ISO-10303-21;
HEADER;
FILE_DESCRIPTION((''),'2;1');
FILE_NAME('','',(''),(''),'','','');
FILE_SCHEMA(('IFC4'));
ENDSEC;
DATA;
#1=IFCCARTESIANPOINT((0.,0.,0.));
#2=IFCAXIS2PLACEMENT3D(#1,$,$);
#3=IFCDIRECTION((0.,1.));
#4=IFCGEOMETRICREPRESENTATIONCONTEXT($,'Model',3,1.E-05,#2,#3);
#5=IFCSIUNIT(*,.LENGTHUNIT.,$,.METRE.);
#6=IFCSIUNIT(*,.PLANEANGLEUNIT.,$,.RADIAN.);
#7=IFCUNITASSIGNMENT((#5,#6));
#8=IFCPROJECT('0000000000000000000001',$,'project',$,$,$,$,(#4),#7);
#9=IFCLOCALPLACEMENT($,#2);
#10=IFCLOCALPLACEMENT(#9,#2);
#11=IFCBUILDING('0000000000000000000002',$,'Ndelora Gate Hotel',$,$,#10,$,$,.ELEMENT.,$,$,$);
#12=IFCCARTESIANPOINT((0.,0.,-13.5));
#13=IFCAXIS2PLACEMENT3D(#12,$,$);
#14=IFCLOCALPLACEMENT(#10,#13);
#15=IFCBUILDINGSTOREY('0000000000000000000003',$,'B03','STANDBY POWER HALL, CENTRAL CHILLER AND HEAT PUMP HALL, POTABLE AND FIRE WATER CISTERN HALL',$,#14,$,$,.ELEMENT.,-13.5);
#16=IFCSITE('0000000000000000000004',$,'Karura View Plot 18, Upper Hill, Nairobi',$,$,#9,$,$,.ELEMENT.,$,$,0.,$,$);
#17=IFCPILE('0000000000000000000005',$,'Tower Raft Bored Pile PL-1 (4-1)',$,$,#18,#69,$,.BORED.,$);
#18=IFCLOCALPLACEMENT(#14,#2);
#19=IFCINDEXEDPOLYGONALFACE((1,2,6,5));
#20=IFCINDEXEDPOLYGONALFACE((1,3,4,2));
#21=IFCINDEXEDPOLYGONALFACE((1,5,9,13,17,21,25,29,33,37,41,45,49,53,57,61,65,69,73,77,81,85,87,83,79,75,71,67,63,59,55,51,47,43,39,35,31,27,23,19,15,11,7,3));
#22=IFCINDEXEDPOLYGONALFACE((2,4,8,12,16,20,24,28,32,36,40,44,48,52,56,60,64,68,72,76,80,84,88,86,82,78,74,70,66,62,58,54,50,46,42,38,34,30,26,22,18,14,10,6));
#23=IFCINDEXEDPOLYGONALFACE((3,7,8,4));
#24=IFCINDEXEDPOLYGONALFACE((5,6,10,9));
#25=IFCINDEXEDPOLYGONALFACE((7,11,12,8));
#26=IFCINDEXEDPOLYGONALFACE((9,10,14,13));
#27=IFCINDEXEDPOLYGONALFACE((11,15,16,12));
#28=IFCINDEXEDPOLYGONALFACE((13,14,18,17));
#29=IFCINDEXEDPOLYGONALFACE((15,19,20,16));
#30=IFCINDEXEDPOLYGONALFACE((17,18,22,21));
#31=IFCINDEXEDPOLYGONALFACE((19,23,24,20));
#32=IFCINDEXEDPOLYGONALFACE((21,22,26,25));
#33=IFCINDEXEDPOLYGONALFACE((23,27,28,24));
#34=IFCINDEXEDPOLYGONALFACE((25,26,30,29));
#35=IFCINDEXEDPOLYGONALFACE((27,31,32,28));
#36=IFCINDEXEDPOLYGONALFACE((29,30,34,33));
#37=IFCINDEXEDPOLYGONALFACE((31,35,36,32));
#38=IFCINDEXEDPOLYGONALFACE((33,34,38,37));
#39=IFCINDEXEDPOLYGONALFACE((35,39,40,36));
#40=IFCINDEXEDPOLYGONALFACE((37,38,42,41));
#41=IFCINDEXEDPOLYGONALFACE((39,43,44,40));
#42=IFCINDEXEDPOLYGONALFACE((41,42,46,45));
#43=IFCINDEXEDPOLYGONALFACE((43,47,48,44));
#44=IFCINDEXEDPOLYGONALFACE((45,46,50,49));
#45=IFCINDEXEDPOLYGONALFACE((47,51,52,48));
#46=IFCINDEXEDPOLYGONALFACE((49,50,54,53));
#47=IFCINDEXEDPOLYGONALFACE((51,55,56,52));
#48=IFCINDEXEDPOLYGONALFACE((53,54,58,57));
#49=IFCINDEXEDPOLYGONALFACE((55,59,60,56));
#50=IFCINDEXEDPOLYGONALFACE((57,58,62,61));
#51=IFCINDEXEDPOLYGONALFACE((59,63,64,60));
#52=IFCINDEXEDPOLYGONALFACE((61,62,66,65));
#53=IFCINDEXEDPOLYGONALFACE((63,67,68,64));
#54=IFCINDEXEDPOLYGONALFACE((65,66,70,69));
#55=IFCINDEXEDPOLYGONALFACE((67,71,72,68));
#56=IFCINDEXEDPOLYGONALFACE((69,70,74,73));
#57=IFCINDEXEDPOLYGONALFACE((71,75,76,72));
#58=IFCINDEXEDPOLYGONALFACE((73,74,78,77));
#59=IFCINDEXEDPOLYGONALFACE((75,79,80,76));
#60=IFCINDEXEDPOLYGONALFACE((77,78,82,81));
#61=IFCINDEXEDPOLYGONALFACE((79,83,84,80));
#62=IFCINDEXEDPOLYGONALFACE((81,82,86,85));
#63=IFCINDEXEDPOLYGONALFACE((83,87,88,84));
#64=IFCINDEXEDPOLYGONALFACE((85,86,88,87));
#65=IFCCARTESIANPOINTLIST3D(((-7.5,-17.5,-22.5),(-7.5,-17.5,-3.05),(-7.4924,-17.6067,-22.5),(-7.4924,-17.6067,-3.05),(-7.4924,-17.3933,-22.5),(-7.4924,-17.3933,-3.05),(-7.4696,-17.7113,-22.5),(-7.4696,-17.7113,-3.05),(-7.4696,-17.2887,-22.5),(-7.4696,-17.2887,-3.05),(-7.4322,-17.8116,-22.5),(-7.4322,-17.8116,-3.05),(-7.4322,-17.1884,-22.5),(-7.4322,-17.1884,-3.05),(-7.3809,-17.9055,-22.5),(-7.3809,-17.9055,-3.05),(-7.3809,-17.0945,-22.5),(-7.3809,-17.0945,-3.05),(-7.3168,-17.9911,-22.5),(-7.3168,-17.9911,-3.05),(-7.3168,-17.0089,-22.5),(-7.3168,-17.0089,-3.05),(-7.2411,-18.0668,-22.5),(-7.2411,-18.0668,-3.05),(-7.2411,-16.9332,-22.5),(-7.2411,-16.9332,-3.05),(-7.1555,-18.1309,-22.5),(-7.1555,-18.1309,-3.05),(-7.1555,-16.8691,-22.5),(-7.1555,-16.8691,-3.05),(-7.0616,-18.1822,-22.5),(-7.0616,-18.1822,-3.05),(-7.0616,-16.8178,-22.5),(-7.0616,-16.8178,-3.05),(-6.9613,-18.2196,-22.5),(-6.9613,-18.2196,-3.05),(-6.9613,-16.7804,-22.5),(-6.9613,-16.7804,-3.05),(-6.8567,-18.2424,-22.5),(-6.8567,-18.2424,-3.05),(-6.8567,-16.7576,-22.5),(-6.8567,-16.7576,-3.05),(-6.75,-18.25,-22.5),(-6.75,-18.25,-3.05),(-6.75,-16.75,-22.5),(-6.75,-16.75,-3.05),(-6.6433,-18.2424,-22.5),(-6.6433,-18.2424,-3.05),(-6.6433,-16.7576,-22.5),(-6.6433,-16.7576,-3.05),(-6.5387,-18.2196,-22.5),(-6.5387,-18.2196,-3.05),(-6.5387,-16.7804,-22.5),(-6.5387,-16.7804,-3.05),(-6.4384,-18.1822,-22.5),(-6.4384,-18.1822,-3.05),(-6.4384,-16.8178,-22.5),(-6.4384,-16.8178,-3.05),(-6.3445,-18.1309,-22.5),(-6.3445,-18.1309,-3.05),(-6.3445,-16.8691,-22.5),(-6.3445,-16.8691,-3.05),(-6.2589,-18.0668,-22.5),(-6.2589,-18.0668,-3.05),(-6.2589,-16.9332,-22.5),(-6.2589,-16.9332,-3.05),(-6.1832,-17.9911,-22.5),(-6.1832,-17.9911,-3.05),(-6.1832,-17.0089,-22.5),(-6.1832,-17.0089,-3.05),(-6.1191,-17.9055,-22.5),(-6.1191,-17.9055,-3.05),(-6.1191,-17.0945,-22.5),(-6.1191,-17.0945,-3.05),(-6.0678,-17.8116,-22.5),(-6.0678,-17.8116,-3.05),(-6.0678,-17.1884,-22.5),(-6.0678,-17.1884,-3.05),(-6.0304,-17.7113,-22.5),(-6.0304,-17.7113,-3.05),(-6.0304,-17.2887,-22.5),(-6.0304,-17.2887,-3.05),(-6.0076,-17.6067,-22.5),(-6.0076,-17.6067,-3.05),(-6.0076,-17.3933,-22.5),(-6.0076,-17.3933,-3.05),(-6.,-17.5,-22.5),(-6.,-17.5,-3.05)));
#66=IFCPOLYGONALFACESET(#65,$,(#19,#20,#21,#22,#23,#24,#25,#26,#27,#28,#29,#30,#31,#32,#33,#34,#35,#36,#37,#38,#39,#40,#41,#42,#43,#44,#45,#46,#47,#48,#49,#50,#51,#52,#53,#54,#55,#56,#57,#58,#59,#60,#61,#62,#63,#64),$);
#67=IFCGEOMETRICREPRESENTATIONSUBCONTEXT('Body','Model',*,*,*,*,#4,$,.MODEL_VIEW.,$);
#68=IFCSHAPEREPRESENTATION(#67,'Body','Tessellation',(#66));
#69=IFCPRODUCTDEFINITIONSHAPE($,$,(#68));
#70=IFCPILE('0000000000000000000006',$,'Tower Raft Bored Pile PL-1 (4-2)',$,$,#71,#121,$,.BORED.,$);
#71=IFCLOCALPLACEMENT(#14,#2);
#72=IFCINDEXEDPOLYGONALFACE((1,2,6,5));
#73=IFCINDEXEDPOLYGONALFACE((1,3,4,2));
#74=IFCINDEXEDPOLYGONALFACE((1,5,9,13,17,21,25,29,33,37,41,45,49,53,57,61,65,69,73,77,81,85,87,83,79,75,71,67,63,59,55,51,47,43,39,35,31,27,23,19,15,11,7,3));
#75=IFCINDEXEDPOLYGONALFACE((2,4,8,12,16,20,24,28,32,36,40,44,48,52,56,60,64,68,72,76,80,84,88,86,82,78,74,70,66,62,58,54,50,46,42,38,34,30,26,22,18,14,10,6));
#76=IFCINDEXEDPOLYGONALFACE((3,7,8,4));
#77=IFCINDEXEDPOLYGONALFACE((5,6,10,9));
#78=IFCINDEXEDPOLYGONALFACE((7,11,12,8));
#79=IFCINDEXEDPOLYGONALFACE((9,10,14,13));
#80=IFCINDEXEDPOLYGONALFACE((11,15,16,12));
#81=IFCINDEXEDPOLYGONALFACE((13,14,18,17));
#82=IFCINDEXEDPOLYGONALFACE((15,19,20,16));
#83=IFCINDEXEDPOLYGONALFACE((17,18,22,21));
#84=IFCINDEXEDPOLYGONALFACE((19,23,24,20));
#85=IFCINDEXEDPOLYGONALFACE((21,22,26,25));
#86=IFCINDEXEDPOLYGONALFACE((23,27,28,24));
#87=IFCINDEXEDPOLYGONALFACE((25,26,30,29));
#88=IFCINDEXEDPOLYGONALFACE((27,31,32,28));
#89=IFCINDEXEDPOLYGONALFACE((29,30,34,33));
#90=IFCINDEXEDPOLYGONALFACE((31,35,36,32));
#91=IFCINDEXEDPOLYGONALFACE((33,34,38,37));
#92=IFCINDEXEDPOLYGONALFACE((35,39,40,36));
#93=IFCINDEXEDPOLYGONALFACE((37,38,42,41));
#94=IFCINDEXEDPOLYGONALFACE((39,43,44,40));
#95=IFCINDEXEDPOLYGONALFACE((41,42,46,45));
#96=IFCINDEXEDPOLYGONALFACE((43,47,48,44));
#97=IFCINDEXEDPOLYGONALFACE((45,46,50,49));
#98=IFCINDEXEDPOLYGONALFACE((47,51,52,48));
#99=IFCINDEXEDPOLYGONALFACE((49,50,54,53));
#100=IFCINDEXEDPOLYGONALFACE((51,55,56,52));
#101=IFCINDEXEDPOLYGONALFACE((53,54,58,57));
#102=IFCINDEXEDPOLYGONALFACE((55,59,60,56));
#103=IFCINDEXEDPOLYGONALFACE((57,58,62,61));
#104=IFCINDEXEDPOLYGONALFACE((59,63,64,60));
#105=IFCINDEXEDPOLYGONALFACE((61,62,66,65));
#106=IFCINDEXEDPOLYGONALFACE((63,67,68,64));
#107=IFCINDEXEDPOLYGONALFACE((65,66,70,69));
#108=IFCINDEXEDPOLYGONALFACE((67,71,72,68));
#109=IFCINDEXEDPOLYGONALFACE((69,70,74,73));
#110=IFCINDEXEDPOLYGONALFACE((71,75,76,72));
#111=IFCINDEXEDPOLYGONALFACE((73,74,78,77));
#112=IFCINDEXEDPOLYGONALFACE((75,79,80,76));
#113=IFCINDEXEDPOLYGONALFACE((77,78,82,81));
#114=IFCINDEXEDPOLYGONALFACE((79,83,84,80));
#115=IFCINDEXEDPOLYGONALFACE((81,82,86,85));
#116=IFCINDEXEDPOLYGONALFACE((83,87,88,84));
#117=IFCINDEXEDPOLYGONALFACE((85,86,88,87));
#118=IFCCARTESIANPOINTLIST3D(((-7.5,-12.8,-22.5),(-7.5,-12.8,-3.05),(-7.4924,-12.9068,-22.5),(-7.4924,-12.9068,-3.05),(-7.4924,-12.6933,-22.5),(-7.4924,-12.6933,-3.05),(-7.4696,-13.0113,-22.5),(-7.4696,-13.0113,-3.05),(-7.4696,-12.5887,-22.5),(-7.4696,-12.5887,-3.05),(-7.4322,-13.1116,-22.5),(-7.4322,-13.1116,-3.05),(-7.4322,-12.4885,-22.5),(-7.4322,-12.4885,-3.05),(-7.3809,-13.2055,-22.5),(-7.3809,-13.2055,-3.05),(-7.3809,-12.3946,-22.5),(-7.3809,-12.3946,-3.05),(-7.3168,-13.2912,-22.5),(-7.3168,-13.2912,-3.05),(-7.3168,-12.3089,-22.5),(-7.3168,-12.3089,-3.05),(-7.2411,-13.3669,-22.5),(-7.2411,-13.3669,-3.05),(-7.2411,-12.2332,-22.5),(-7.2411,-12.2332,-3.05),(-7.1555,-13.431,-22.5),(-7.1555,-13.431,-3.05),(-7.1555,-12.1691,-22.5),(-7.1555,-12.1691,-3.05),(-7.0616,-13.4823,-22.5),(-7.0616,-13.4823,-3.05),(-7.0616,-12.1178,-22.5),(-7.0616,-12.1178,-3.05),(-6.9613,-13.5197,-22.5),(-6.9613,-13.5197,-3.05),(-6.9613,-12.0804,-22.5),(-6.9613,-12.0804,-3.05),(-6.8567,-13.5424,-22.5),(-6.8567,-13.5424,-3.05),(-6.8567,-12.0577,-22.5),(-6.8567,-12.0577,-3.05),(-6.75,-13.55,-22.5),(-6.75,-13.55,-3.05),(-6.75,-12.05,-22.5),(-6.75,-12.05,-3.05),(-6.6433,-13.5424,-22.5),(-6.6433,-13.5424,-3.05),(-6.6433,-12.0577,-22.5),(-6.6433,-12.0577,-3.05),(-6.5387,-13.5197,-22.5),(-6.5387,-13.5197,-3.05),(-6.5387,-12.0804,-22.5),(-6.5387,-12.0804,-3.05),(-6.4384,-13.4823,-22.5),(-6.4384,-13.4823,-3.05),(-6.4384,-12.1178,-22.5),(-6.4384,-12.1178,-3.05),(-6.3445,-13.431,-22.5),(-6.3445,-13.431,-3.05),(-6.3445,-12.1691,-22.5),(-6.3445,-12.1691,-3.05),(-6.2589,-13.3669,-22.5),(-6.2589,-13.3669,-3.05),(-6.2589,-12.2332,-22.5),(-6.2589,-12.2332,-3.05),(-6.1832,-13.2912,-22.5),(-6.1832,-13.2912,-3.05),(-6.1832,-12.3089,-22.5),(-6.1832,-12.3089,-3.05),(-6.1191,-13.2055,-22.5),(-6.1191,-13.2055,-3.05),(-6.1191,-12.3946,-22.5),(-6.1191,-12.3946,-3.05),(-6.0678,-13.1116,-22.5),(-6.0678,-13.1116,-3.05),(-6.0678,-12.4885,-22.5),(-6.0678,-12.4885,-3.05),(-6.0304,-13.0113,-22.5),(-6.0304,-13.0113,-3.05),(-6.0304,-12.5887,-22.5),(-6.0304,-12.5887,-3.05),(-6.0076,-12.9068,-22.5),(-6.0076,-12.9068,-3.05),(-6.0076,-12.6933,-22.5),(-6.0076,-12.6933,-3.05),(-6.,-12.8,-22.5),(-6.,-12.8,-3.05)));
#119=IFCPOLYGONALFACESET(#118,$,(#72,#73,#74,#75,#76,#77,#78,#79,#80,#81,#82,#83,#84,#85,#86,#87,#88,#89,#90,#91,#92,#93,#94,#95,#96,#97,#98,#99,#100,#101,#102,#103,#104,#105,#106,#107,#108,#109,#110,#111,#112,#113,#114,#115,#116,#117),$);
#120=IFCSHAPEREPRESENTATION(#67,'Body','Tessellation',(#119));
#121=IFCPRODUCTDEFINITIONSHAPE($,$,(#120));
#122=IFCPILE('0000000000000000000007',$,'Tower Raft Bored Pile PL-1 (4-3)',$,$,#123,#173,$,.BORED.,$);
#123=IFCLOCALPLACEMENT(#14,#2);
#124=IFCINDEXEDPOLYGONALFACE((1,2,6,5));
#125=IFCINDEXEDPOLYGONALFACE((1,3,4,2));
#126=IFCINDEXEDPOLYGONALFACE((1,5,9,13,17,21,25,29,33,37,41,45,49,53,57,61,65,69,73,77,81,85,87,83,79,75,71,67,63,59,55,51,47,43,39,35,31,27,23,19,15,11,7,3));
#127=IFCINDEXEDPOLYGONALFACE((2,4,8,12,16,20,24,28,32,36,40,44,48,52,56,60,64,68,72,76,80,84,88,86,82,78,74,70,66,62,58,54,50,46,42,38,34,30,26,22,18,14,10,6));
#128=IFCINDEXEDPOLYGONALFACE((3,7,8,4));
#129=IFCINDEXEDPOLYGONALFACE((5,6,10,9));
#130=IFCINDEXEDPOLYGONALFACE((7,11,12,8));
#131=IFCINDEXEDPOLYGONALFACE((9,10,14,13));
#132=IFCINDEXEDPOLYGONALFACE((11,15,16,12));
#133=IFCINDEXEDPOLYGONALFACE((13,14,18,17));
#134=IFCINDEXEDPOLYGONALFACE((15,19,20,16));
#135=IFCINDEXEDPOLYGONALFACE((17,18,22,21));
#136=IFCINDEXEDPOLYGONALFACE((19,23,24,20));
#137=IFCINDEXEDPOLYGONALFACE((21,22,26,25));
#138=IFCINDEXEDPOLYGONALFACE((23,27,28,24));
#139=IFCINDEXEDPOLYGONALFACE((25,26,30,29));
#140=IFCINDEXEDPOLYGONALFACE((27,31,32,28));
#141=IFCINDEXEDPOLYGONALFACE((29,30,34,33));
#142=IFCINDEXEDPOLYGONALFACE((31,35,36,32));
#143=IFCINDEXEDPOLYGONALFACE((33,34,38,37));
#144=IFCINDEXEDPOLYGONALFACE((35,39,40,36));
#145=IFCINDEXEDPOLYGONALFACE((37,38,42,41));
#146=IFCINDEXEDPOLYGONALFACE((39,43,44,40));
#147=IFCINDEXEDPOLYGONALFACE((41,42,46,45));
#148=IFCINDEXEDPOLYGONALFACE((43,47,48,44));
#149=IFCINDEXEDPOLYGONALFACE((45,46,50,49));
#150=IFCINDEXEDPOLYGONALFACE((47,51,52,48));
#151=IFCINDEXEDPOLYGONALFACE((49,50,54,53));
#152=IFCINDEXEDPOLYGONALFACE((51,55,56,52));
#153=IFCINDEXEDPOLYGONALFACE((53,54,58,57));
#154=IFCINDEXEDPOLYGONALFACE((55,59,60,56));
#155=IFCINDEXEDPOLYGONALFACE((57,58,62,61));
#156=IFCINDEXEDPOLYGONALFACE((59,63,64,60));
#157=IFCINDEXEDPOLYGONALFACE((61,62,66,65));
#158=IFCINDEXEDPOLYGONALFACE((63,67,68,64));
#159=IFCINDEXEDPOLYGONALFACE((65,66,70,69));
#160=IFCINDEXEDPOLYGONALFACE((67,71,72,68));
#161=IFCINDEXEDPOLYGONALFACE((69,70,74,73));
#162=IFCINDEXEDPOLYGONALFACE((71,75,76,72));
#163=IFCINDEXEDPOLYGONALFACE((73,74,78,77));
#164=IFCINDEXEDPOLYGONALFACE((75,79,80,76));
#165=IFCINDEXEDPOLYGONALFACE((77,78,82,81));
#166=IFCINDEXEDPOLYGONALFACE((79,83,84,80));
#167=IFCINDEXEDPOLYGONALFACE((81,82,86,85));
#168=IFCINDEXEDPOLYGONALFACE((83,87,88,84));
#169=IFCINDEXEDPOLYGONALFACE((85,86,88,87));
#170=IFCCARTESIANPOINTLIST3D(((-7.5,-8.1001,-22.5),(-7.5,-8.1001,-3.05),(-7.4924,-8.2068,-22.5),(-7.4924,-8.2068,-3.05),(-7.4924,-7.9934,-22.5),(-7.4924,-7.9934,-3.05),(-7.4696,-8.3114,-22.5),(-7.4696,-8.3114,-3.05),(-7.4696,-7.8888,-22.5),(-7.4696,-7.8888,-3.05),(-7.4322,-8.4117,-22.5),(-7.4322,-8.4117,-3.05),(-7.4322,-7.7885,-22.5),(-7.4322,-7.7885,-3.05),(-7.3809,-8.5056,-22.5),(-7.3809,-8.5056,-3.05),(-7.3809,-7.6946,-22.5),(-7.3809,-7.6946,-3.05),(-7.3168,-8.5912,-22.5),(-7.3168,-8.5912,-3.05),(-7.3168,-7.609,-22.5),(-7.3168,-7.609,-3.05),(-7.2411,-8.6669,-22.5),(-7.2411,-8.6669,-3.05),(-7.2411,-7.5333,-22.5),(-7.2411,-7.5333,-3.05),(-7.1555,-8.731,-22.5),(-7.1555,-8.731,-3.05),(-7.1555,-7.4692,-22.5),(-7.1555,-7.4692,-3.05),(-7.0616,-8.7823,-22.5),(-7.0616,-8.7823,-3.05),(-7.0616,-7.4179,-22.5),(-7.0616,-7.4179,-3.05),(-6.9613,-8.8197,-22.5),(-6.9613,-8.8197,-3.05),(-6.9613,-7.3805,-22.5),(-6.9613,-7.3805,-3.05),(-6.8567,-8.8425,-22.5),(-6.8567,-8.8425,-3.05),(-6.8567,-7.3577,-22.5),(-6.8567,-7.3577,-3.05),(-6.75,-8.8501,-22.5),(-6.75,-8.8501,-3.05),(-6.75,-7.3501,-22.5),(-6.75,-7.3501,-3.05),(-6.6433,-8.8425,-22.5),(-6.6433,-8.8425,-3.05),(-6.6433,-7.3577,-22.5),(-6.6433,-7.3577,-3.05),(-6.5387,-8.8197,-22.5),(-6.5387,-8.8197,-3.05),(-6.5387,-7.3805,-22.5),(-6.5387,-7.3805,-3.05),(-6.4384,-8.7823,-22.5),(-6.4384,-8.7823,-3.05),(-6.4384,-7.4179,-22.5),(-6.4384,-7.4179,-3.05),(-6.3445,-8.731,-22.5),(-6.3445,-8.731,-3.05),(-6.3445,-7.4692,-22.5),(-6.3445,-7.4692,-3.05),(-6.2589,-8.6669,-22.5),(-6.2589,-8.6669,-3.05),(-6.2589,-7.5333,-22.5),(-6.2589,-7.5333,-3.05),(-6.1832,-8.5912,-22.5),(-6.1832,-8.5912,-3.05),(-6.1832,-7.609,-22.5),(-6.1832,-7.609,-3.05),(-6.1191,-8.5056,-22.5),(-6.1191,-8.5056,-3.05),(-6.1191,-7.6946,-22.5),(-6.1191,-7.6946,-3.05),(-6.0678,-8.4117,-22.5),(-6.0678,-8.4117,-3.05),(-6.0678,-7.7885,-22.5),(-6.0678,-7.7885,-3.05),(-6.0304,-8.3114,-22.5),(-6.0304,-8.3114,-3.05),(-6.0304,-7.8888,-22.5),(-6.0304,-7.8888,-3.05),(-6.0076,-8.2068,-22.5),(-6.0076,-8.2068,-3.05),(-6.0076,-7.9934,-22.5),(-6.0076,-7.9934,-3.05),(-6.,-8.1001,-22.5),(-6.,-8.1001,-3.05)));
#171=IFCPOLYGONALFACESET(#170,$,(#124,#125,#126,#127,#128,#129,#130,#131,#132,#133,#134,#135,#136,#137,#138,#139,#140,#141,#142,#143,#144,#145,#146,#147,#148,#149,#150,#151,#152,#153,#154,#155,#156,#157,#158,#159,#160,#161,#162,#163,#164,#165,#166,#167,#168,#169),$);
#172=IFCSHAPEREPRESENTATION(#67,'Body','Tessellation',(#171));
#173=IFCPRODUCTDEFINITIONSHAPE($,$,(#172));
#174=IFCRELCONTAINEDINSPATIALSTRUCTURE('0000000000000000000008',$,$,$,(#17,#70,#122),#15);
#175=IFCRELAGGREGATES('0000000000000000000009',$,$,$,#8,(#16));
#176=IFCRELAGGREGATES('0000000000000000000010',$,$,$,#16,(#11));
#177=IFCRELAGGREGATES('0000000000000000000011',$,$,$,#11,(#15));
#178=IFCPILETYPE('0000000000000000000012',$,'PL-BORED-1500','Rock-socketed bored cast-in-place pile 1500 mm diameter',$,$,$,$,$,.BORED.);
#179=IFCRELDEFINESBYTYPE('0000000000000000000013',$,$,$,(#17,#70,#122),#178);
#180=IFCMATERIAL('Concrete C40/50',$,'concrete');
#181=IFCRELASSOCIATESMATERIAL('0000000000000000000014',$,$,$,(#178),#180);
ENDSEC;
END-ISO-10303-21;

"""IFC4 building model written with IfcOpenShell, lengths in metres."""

from ifc_helpers import new_model, si_unit, direction, frame, origin, origin_2d, place, context, subcontext, project, spatial, circle, extrude, material, material_profile, profile_set, type_object, element, save


model = new_model("IFC4")

# Units and contexts
model_context = context("Model", 3, precision=1e-05, world=origin(), true_north=direction((0.0, 1.0)))
body_context = subcontext(model_context, "Body", "Model", "MODEL_VIEW")
ifc_project = project(units=[si_unit("LENGTHUNIT", "METRE"), si_unit("PLANEANGLEUNIT", "RADIAN")], contexts=[model_context])

# Site, building, storey
site_placement = place(None, origin())
site = spatial("IfcSite", under=ifc_project, at=site_placement, Name="Karura View Plot 18, Upper Hill, Nairobi", CompositionType="ELEMENT", RefElevation=0.0)
building_placement = place(site_placement, origin())
building = spatial("IfcBuilding", under=site, at=building_placement, Name="Ndelora Gate Hotel", CompositionType="ELEMENT")
storey_placement = place(building_placement, frame((0.0, 0.0, -13.5)))
storey = spatial("IfcBuildingStorey", under=building, at=storey_placement, Name="B03", Description="STANDBY POWER HALL, CENTRAL CHILLER AND HEAT PUMP HALL, POTABLE AND FIRE WATER CISTERN HALL", CompositionType="ELEMENT", Elevation=-13.5)

# Piles
ifc_material_1 = material(Name="Concrete C40/50", Category="concrete")
ifc_material_profile_1 = material_profile(ifc_material_1, circle(Radius=0.75, at=origin_2d()), Name="PILE D1500")
ifc_profile_set_1 = profile_set([ifc_material_profile_1], Name="Concrete C40/50")
pile_type = type_object("IfcPileType", Name="PL-BORED-1500", Description="Rock-socketed bored cast-in-place pile 1500 mm diameter", PredefinedType="BORED", material=ifc_profile_set_1)
for number, where, z_axis, x_axis, name in (
    (1, (-6.75, -17.5, -3.05), (0.0, 0.0, -1.0), (1.0, 0.0, 0.0), "Tower Raft Bored Pile PL-1 (4-1)"),
    (2, (-6.75, -12.8, -3.05), (0.0, 0.0, -1.0), (1.0, 0.0, 0.0), "Tower Raft Bored Pile PL-1 (4-2)"),
    (3, (-6.75, -8.1001, -3.05), (0.0, 0.0, -1.0), (1.0, 0.0, 0.0), "Tower Raft Bored Pile PL-1 (4-3)"),
):
    element("IfcPile", number, at=place(storey_placement, frame(where, z_axis=z_axis, x_axis=x_axis)), inside=storey, type_object=pile_type, Name=name, PredefinedType="BORED", context=body_context, shape_type="SweptSolid", body=[
        extrude(circle(Radius=0.75, at=origin_2d()), origin(), (0.0, 0.0, 1.0), 19.45),
    ])

save(model, "model.ifc")
